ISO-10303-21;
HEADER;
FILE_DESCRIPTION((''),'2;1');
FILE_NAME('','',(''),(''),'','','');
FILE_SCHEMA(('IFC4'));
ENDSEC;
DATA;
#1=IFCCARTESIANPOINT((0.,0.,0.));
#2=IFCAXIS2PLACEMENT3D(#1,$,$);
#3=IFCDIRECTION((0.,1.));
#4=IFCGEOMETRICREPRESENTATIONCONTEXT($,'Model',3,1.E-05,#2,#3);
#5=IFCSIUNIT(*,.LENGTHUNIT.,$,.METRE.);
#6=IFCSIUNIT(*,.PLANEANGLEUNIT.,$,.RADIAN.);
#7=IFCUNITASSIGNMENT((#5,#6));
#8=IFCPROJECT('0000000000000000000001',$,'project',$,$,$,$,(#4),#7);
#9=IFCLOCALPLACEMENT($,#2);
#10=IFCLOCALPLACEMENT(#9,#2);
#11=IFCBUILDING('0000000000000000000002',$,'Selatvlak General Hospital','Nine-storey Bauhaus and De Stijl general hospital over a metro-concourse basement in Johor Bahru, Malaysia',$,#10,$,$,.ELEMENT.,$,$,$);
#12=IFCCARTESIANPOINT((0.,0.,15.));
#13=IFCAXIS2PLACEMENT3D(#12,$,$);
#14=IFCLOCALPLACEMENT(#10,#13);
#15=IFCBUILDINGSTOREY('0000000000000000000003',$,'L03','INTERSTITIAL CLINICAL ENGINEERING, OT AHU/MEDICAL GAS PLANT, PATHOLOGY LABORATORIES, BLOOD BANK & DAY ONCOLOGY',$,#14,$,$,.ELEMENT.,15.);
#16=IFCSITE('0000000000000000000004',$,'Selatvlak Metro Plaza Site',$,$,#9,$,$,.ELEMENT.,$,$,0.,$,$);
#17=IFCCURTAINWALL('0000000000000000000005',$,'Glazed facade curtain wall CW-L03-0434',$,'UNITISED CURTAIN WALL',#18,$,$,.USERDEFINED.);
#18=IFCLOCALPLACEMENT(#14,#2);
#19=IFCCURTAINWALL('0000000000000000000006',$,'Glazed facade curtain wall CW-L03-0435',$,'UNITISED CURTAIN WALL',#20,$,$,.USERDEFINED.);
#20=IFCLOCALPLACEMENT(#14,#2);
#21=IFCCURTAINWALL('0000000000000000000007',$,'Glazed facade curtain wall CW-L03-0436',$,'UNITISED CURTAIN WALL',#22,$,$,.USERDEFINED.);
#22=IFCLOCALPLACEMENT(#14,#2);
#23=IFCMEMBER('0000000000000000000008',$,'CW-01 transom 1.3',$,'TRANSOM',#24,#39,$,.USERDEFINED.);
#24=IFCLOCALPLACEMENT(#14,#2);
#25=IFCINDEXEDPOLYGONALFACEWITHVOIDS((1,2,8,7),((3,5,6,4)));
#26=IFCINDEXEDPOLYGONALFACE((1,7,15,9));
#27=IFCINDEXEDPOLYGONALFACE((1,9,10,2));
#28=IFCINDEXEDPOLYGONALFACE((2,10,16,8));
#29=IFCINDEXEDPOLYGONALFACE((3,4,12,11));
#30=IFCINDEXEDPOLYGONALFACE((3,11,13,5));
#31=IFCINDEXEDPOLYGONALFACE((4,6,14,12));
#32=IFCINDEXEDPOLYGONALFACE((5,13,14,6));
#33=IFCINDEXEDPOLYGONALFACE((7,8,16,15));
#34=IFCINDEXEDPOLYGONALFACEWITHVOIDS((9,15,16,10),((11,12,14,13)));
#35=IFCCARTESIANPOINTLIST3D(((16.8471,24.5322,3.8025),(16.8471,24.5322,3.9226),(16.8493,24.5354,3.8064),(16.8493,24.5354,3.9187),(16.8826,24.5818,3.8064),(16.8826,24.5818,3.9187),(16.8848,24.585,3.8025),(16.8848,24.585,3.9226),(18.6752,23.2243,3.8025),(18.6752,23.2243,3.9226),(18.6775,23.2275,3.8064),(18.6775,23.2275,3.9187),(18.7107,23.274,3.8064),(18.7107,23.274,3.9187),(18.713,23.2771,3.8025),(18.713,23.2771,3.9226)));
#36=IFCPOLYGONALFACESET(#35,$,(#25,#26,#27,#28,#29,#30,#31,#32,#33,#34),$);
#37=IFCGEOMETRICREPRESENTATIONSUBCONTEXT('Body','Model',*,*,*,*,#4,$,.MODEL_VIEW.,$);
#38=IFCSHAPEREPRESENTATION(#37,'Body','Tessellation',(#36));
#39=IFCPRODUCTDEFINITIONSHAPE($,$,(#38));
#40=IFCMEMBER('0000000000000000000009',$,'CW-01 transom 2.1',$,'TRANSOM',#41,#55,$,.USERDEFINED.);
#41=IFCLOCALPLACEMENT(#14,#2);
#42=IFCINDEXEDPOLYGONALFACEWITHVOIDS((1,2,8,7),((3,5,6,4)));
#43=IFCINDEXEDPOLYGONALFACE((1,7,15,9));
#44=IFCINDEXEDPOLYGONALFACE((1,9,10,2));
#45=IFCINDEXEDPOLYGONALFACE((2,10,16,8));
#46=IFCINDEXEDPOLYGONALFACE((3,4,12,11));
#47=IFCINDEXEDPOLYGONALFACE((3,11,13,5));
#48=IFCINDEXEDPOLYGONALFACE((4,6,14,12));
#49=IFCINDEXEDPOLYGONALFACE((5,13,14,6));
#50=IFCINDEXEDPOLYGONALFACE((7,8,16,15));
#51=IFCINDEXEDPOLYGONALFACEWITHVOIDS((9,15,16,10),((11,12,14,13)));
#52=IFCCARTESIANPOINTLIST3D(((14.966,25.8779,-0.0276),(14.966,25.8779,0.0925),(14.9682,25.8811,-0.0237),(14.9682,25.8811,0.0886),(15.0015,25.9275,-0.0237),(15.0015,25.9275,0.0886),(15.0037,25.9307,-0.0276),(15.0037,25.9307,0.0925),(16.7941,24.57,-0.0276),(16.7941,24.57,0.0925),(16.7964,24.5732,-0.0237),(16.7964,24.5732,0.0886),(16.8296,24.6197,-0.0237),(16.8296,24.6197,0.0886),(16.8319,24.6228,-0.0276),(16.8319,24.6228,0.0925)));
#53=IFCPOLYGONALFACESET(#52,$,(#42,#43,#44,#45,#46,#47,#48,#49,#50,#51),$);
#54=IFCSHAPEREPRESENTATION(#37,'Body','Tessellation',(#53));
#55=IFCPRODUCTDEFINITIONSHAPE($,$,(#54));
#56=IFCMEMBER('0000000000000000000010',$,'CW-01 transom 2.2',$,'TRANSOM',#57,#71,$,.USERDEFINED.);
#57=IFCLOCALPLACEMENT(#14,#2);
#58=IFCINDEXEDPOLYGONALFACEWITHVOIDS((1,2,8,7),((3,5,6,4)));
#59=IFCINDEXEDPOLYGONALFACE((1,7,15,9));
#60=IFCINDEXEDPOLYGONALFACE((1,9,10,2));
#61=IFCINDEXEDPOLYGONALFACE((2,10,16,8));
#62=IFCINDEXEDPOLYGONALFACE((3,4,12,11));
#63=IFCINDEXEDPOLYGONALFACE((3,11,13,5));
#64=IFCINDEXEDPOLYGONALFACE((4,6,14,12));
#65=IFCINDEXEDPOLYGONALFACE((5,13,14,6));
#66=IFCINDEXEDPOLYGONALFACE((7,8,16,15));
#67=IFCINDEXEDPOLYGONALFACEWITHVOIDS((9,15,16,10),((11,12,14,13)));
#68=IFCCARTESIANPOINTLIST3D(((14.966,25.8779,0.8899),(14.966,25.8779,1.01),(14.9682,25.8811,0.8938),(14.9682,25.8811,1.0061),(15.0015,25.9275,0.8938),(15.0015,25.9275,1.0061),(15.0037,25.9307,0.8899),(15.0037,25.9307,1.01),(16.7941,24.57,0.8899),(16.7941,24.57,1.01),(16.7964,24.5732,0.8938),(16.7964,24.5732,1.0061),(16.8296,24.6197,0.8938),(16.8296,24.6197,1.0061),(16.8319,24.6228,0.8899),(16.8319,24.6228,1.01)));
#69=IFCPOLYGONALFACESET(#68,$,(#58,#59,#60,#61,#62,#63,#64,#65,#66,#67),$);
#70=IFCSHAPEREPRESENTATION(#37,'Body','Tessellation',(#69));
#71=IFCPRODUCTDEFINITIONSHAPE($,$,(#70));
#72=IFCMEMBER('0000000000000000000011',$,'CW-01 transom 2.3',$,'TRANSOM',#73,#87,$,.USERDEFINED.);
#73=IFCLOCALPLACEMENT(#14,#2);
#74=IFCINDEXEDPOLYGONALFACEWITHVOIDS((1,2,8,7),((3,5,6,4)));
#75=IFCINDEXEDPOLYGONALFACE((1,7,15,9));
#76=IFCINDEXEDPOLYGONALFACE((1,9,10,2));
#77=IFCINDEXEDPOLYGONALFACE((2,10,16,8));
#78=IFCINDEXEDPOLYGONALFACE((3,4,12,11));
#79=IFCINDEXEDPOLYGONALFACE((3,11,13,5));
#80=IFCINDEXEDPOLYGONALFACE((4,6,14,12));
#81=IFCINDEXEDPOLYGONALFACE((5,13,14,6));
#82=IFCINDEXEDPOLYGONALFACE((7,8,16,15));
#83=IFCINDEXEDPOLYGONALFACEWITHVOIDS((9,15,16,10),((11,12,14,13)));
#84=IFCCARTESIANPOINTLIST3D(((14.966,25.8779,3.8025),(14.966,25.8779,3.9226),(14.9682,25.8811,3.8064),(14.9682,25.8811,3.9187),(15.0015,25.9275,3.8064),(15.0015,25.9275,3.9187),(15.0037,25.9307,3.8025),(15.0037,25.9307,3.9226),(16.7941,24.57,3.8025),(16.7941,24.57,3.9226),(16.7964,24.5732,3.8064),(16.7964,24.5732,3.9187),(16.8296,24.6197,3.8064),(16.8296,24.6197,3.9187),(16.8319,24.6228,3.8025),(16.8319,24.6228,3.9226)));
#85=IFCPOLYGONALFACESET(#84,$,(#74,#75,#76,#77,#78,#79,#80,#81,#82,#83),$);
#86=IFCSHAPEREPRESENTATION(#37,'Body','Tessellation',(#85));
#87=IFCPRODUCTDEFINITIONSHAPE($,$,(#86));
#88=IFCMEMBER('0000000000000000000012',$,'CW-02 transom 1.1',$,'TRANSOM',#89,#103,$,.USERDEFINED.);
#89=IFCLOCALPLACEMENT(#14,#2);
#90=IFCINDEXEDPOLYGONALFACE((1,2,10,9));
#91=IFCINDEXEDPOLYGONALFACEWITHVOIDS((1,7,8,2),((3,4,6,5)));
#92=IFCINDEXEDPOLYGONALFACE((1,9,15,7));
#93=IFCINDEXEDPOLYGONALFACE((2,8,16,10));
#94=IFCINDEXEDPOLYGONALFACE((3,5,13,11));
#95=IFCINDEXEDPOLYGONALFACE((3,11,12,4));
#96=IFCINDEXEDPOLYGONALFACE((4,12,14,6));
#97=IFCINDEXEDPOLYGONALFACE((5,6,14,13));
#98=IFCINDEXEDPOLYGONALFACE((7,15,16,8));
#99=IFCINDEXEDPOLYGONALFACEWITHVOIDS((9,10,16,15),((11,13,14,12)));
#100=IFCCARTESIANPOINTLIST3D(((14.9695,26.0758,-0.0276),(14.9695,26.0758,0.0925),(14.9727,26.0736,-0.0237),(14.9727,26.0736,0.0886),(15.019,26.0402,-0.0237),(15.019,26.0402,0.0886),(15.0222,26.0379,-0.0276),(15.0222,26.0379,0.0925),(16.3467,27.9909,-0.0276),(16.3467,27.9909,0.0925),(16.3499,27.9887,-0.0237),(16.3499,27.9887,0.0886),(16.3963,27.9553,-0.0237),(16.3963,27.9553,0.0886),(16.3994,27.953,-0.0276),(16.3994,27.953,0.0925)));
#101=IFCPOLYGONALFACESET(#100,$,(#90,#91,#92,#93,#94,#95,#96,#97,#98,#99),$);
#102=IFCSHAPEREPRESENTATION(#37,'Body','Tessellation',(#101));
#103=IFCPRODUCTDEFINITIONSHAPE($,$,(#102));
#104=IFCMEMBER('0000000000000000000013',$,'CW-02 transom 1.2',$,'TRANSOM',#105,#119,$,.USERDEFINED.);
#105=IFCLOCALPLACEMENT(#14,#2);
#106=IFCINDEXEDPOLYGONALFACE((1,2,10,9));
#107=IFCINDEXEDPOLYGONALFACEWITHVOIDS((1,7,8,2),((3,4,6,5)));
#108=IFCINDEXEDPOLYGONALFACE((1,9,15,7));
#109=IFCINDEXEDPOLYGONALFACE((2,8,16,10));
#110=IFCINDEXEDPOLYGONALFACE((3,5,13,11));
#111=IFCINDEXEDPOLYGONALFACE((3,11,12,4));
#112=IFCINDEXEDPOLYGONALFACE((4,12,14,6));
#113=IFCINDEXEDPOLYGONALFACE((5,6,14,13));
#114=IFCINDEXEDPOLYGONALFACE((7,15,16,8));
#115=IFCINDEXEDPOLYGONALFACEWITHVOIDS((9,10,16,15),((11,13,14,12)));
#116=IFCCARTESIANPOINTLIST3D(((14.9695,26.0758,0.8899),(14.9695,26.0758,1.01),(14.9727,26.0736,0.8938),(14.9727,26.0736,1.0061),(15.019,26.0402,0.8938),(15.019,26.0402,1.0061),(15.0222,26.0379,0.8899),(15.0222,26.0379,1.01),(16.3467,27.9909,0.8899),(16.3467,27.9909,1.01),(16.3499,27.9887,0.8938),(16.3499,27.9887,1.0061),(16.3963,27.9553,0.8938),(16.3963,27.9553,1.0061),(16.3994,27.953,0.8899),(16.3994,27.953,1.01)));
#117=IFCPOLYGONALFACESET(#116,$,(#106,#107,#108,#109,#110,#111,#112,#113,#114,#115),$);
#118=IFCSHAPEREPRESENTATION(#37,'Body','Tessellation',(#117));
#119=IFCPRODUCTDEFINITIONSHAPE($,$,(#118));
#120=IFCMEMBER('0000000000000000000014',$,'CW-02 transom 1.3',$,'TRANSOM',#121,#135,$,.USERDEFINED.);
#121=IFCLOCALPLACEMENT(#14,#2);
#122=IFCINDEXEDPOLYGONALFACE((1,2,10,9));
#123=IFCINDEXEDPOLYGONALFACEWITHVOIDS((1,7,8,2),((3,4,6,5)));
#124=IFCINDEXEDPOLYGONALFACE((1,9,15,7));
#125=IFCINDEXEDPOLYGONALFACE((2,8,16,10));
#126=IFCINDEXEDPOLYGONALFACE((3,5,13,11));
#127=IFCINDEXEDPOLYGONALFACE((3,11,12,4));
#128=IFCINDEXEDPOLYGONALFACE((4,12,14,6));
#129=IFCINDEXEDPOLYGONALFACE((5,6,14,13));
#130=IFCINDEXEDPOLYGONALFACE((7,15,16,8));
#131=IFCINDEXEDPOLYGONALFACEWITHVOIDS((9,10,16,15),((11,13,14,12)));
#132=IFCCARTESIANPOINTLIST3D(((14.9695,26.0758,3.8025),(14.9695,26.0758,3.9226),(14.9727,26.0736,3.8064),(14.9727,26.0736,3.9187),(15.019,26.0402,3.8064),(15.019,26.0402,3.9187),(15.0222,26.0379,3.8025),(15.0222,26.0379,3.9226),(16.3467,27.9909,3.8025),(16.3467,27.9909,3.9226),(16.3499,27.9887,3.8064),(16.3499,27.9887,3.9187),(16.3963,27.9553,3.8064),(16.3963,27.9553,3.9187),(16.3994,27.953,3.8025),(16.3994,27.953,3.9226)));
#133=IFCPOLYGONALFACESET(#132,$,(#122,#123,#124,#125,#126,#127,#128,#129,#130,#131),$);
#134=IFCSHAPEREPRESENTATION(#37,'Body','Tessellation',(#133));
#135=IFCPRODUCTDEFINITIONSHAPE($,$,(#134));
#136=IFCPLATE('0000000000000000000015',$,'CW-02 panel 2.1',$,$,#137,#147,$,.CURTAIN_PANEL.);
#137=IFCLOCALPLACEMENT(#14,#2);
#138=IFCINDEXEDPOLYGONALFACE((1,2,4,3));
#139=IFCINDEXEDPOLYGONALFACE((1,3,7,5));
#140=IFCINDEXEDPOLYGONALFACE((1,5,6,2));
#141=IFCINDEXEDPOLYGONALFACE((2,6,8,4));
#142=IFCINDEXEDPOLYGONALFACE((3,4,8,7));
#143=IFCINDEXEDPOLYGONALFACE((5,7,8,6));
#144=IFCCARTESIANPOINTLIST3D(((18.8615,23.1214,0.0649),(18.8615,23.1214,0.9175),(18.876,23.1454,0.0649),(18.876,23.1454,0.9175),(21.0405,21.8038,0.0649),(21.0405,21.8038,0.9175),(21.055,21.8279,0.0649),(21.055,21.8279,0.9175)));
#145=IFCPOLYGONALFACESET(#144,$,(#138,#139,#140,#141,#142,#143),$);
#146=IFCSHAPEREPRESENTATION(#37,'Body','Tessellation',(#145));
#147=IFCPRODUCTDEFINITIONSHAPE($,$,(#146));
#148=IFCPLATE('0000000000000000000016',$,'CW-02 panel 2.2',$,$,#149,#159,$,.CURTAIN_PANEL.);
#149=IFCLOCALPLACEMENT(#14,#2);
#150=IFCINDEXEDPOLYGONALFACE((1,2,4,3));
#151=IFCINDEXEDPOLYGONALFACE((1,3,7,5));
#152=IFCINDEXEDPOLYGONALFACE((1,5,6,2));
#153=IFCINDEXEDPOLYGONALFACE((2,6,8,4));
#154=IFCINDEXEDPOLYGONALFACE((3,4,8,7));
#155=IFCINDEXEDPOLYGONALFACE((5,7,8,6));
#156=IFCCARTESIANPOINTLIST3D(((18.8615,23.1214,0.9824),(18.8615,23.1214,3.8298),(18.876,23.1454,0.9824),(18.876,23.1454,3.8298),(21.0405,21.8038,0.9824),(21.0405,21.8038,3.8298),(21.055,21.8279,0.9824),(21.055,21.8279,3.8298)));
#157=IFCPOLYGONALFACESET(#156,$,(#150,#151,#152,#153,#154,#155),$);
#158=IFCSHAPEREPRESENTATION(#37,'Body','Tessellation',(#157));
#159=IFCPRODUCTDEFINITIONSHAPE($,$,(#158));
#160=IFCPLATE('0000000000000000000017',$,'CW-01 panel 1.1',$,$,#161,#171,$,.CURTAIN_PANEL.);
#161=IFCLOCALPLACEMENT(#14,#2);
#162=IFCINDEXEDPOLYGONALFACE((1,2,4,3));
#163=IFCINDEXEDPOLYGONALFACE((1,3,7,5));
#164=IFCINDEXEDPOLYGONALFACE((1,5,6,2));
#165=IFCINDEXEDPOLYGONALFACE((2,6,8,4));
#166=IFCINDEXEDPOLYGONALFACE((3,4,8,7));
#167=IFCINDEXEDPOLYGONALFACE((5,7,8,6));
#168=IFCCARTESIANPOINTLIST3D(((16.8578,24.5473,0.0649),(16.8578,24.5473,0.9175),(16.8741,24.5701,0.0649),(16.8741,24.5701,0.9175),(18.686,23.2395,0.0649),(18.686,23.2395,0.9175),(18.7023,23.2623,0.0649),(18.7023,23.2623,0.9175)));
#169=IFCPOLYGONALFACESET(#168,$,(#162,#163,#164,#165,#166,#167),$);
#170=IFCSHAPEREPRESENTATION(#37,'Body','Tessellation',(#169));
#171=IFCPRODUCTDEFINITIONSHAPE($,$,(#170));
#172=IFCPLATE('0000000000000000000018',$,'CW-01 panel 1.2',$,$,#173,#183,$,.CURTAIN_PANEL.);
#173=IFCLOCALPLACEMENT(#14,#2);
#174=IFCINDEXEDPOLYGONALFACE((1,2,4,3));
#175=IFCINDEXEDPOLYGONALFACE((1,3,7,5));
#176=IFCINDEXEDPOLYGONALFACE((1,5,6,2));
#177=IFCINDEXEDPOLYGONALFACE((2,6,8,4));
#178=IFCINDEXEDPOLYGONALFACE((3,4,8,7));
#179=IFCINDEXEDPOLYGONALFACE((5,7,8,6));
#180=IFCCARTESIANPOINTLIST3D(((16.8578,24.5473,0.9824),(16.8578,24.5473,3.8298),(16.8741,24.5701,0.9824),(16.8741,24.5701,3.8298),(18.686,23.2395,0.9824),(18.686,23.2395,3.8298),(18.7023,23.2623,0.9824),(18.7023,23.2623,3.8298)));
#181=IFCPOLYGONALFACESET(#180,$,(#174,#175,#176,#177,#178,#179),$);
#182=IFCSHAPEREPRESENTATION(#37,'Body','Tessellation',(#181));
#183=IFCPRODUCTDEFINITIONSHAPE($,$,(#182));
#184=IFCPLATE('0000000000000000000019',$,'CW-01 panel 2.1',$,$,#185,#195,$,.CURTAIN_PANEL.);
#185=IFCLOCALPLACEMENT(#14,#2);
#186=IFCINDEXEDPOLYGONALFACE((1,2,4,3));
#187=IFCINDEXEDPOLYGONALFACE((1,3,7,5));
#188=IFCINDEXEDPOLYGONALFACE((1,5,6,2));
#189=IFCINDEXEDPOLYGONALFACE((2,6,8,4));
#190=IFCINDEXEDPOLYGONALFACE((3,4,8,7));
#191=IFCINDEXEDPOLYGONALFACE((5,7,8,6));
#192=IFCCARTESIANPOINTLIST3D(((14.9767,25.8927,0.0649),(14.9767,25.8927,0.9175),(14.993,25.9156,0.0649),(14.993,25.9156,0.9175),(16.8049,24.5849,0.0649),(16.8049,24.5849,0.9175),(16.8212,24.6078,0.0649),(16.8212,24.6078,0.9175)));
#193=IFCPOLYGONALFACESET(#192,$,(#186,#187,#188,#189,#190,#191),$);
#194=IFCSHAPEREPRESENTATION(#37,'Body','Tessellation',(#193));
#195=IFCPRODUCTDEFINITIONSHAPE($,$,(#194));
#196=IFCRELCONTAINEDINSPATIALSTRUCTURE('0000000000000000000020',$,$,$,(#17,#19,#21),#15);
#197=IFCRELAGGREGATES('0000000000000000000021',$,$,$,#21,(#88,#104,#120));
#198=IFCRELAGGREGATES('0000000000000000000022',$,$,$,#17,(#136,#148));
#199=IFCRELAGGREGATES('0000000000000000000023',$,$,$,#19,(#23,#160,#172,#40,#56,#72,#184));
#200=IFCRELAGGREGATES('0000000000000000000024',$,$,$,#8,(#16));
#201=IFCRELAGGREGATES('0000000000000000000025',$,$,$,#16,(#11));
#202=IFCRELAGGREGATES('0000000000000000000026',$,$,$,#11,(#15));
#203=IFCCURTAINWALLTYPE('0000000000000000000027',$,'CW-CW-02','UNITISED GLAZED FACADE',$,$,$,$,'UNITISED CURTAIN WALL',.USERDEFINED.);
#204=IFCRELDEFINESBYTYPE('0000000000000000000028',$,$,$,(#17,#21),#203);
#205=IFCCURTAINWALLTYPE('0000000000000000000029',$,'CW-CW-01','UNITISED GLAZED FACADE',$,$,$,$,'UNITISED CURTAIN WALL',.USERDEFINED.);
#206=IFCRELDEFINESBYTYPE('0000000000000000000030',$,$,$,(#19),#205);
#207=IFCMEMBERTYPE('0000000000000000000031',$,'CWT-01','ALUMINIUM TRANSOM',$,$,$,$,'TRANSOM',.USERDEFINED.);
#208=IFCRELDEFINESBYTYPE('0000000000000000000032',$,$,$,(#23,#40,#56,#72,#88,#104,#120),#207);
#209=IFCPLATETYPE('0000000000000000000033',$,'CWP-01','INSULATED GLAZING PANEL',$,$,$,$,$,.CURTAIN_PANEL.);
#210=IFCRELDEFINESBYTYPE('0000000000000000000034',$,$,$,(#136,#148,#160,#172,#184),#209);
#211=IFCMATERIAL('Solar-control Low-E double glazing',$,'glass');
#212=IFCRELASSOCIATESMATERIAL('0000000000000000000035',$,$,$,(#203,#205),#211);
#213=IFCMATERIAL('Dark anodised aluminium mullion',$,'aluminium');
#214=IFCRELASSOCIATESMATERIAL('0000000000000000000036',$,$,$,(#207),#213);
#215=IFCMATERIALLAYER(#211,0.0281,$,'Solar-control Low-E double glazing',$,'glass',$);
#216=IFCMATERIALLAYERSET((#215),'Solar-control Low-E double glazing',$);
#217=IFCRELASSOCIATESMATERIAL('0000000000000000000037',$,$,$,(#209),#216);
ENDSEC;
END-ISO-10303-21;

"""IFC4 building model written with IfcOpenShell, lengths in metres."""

from ifc_helpers import new_model, si_unit, direction, frame, origin, origin_2d, place, context, subcontext, project, spatial, rectangle, hollow_rectangle, extrude, material, layer, layer_set, material_profile, profile_set, type_object, element, aggregate, save


model = new_model("IFC4")

# Units and contexts
model_context = context("Model", 3, precision=1e-05, world=origin(), true_north=direction((0.0, 1.0)))
body_context = subcontext(model_context, "Body", "Model", "MODEL_VIEW")
ifc_project = project(units=[si_unit("LENGTHUNIT", "METRE"), si_unit("PLANEANGLEUNIT", "RADIAN")], contexts=[model_context])

# Site, building, storey
site_placement = place(None, origin())
site = spatial("IfcSite", under=ifc_project, at=site_placement, Name="Selatvlak Metro Plaza Site", CompositionType="ELEMENT", RefElevation=0.0)
building_placement = place(site_placement, origin())
building = spatial("IfcBuilding", under=site, at=building_placement, Name="Selatvlak General Hospital", Description="Nine-storey Bauhaus and De Stijl general hospital over a metro-concourse basement in Johor Bahru, Malaysia", CompositionType="ELEMENT")
storey_placement = place(building_placement, frame((0.0, 0.0, 15.0)))
storey = spatial("IfcBuildingStorey", under=building, at=storey_placement, Name="L03", Description="INTERSTITIAL CLINICAL ENGINEERING, OT AHU/MEDICAL GAS PLANT, PATHOLOGY LABORATORIES, BLOOD BANK & DAY ONCOLOGY", CompositionType="ELEMENT", Elevation=15.0)

# Curtain walls
ifc_material_1 = material(Name="Solar-control Low-E double glazing", Category="glass")
curtain_wall_type_1 = type_object("IfcCurtainWallType", Name="CW-CW-02", Description="UNITISED GLAZED FACADE", ElementType="UNITISED CURTAIN WALL", PredefinedType="USERDEFINED", material=ifc_material_1)
curtain_wall_1_placement = place(storey_placement, origin())
curtain_wall_1 = element("IfcCurtainWall", 1, at=curtain_wall_1_placement, inside=storey, type_object=curtain_wall_type_1, Name="Glazed facade curtain wall CW-L03-0434", ObjectType="UNITISED CURTAIN WALL", PredefinedType="USERDEFINED")
ifc_material_2 = material(Name="Dark anodised aluminium mullion", Category="aluminium")
curtain_wall_type_2 = type_object("IfcCurtainWallType", Name="CW-CW-01", Description="UNITISED GLAZED FACADE", ElementType="UNITISED CURTAIN WALL", PredefinedType="USERDEFINED", material=ifc_material_1)
curtain_wall_2_placement = place(storey_placement, origin())
curtain_wall_2 = element("IfcCurtainWall", 2, at=curtain_wall_2_placement, inside=storey, type_object=curtain_wall_type_2, Name="Glazed facade curtain wall CW-L03-0435", ObjectType="UNITISED CURTAIN WALL", PredefinedType="USERDEFINED")

# Curtain wall
curtain_wall_3_placement = place(storey_placement, origin())
curtain_wall_3 = element("IfcCurtainWall", 3, at=curtain_wall_3_placement, inside=storey, type_object=curtain_wall_type_1, Name="Glazed facade curtain wall CW-L03-0436", ObjectType="UNITISED CURTAIN WALL", PredefinedType="USERDEFINED")

# Members
ifc_material_profile_1 = material_profile(ifc_material_2, hollow_rectangle(XDim=0.0649, YDim=0.1201, WallThickness=0.0039, at=origin_2d()), Name="AL-TRN 65x120x4")
ifc_profile_set_1 = profile_set([ifc_material_profile_1], Name="Dark anodised aluminium mullion")
member_type_1 = type_object("IfcMemberType", Name="CWT-01", Description="ALUMINIUM TRANSOM", ElementType="TRANSOM", PredefinedType="USERDEFINED", material=ifc_profile_set_1)
member_1_placement = place(storey_placement, frame((18.6941, 23.2507, 3.8625), z_axis=(-0.8133, 0.581844, 0.0), x_axis=(-0.581844, -0.8133, 0.0)))
member_1 = element("IfcMember", 4, at=member_1_placement, type_object=member_type_1, Name="CW-01 transom 1.3", ObjectType="TRANSOM", PredefinedType="USERDEFINED", context=body_context, shape_type="SweptSolid", body=[
    extrude(hollow_rectangle(XDim=0.0649, YDim=0.1201, WallThickness=0.0039, at=origin_2d()), origin(), (0.0, 0.0, 1.0), 2.2478),
])
member_2_placement = place(storey_placement, frame((16.813, 24.5964, 0.0325), z_axis=(-0.8133, 0.581844, 0.0), x_axis=(-0.581844, -0.8133, 0.0)))
member_2 = element("IfcMember", 5, at=member_2_placement, type_object=member_type_1, Name="CW-01 transom 2.1", ObjectType="TRANSOM", PredefinedType="USERDEFINED", context=body_context, shape_type="SweptSolid", body=[
    extrude(hollow_rectangle(XDim=0.0649, YDim=0.1201, WallThickness=0.0039, at=origin_2d()), origin(), (0.0, 0.0, 1.0), 2.2478),
])
member_3_placement = place(storey_placement, frame((16.813, 24.5964, 0.95), z_axis=(-0.8133, 0.581844, 0.0), x_axis=(-0.581844, -0.8133, 0.0)))
member_3 = element("IfcMember", 6, at=member_3_placement, type_object=member_type_1, Name="CW-01 transom 2.2", ObjectType="TRANSOM", PredefinedType="USERDEFINED", context=body_context, shape_type="SweptSolid", body=[
    extrude(hollow_rectangle(XDim=0.0649, YDim=0.1201, WallThickness=0.0039, at=origin_2d()), origin(), (0.0, 0.0, 1.0), 2.2478),
])
member_4_placement = place(storey_placement, frame((16.813, 24.5964, 3.8625), z_axis=(-0.8133, 0.581844, 0.0), x_axis=(-0.581844, -0.8133, 0.0)))
member_4 = element("IfcMember", 7, at=member_4_placement, type_object=member_type_1, Name="CW-01 transom 2.3", ObjectType="TRANSOM", PredefinedType="USERDEFINED", context=body_context, shape_type="SweptSolid", body=[
    extrude(hollow_rectangle(XDim=0.0649, YDim=0.1201, WallThickness=0.0039, at=origin_2d()), origin(), (0.0, 0.0, 1.0), 2.2478),
])
member_5_placement = place(storey_placement, frame((14.9958, 26.0569, 0.0325), z_axis=(0.583849, 0.811862, 0.0), x_axis=(-0.811862, 0.583849, 0.0)))
member_5 = element("IfcMember", 8, at=member_5_placement, type_object=member_type_1, Name="CW-02 transom 1.1", ObjectType="TRANSOM", PredefinedType="USERDEFINED", context=body_context, shape_type="SweptSolid", body=[
    extrude(hollow_rectangle(XDim=0.0649, YDim=0.1201, WallThickness=0.0039, at=origin_2d()), origin(), (0.0, 0.0, 1.0), 2.3589),
])
member_6_placement = place(storey_placement, frame((14.9958, 26.0569, 0.95), z_axis=(0.583849, 0.811862, 0.0), x_axis=(-0.811862, 0.583849, 0.0)))
member_6 = element("IfcMember", 9, at=member_6_placement, type_object=member_type_1, Name="CW-02 transom 1.2", ObjectType="TRANSOM", PredefinedType="USERDEFINED", context=body_context, shape_type="SweptSolid", body=[
    extrude(hollow_rectangle(XDim=0.0649, YDim=0.1201, WallThickness=0.0039, at=origin_2d()), origin(), (0.0, 0.0, 1.0), 2.3589),
])
member_7_placement = place(storey_placement, frame((14.9958, 26.0569, 3.8625), z_axis=(0.583849, 0.811862, 0.0), x_axis=(-0.811862, 0.583849, 0.0)))
member_7 = element("IfcMember", 10, at=member_7_placement, type_object=member_type_1, Name="CW-02 transom 1.3", ObjectType="TRANSOM", PredefinedType="USERDEFINED", context=body_context, shape_type="SweptSolid", body=[
    extrude(hollow_rectangle(XDim=0.0649, YDim=0.1201, WallThickness=0.0039, at=origin_2d()), origin(), (0.0, 0.0, 1.0), 2.3589),
])
aggregate(curtain_wall_3, [member_5, member_6, member_7])

# Plates
ifc_layer_1 = layer(ifc_material_1, 0.0281, Name="Solar-control Low-E double glazing", Category="glass")
ifc_layer_set_1 = layer_set([ifc_layer_1], Name="Solar-control Low-E double glazing")
plate_type = type_object("IfcPlateType", Name="CWP-01", Description="INSULATED GLAZING PANEL", PredefinedType="CURTAIN_PANEL", material=ifc_layer_set_1)
plate_1_placement = place(storey_placement, frame((19.9583, 22.4746, 0.0649), z_axis=(0.0, 0.0, 1.0), x_axis=(-0.855736, 0.517413, 0.0)))
plate_1 = element("IfcPlate", 11, at=plate_1_placement, type_object=plate_type, Name="CW-02 panel 2.1", PredefinedType="CURTAIN_PANEL", context=body_context, shape_type="SweptSolid", body=[
    extrude(rectangle(XDim=2.5464, YDim=0.0281, at=origin_2d()), origin(), (0.0, 0.0, 1.0), 0.8525),
])
plate_2_placement = place(storey_placement, frame((19.9583, 22.4746, 0.9824), z_axis=(0.0, 0.0, 1.0), x_axis=(-0.855736, 0.517413, 0.0)))
plate_2 = element("IfcPlate", 12, at=plate_2_placement, type_object=plate_type, Name="CW-02 panel 2.2", PredefinedType="CURTAIN_PANEL", context=body_context, shape_type="SweptSolid", body=[
    extrude(rectangle(XDim=2.5464, YDim=0.0281, at=origin_2d()), origin(), (0.0, 0.0, 1.0), 2.8474),
])
aggregate(curtain_wall_1, [plate_1, plate_2])
plate_3_placement = place(storey_placement, frame((17.78, 23.9048, 0.0649), z_axis=(0.0, 0.0, 1.0), x_axis=(-0.81333, 0.581803, 0.0)))
plate_3 = element("IfcPlate", 13, at=plate_3_placement, type_object=plate_type, Name="CW-01 panel 1.1", PredefinedType="CURTAIN_PANEL", context=body_context, shape_type="SweptSolid", body=[
    extrude(rectangle(XDim=2.2478, YDim=0.0281, at=origin_2d()), origin(), (0.0, 0.0, 1.0), 0.8525),
])
plate_4_placement = place(storey_placement, frame((17.78, 23.9048, 0.9824), z_axis=(0.0, 0.0, 1.0), x_axis=(-0.81333, 0.581803, 0.0)))
plate_4 = element("IfcPlate", 14, at=plate_4_placement, type_object=plate_type, Name="CW-01 panel 1.2", PredefinedType="CURTAIN_PANEL", context=body_context, shape_type="SweptSolid", body=[
    extrude(rectangle(XDim=2.2478, YDim=0.0281, at=origin_2d()), origin(), (0.0, 0.0, 1.0), 2.8474),
])
plate_5_placement = place(storey_placement, frame((15.8989, 25.2502, 0.0649), z_axis=(0.0, 0.0, 1.0), x_axis=(-0.81333, 0.581803, 0.0)))
plate_5 = element("IfcPlate", 15, at=plate_5_placement, type_object=plate_type, Name="CW-01 panel 2.1", PredefinedType="CURTAIN_PANEL", context=body_context, shape_type="SweptSolid", body=[
    extrude(rectangle(XDim=2.2478, YDim=0.0281, at=origin_2d()), origin(), (0.0, 0.0, 1.0), 0.8525),
])
aggregate(curtain_wall_2, [member_1, plate_3, plate_4, member_2, member_3, member_4, plate_5])

save(model, "model.ifc")
